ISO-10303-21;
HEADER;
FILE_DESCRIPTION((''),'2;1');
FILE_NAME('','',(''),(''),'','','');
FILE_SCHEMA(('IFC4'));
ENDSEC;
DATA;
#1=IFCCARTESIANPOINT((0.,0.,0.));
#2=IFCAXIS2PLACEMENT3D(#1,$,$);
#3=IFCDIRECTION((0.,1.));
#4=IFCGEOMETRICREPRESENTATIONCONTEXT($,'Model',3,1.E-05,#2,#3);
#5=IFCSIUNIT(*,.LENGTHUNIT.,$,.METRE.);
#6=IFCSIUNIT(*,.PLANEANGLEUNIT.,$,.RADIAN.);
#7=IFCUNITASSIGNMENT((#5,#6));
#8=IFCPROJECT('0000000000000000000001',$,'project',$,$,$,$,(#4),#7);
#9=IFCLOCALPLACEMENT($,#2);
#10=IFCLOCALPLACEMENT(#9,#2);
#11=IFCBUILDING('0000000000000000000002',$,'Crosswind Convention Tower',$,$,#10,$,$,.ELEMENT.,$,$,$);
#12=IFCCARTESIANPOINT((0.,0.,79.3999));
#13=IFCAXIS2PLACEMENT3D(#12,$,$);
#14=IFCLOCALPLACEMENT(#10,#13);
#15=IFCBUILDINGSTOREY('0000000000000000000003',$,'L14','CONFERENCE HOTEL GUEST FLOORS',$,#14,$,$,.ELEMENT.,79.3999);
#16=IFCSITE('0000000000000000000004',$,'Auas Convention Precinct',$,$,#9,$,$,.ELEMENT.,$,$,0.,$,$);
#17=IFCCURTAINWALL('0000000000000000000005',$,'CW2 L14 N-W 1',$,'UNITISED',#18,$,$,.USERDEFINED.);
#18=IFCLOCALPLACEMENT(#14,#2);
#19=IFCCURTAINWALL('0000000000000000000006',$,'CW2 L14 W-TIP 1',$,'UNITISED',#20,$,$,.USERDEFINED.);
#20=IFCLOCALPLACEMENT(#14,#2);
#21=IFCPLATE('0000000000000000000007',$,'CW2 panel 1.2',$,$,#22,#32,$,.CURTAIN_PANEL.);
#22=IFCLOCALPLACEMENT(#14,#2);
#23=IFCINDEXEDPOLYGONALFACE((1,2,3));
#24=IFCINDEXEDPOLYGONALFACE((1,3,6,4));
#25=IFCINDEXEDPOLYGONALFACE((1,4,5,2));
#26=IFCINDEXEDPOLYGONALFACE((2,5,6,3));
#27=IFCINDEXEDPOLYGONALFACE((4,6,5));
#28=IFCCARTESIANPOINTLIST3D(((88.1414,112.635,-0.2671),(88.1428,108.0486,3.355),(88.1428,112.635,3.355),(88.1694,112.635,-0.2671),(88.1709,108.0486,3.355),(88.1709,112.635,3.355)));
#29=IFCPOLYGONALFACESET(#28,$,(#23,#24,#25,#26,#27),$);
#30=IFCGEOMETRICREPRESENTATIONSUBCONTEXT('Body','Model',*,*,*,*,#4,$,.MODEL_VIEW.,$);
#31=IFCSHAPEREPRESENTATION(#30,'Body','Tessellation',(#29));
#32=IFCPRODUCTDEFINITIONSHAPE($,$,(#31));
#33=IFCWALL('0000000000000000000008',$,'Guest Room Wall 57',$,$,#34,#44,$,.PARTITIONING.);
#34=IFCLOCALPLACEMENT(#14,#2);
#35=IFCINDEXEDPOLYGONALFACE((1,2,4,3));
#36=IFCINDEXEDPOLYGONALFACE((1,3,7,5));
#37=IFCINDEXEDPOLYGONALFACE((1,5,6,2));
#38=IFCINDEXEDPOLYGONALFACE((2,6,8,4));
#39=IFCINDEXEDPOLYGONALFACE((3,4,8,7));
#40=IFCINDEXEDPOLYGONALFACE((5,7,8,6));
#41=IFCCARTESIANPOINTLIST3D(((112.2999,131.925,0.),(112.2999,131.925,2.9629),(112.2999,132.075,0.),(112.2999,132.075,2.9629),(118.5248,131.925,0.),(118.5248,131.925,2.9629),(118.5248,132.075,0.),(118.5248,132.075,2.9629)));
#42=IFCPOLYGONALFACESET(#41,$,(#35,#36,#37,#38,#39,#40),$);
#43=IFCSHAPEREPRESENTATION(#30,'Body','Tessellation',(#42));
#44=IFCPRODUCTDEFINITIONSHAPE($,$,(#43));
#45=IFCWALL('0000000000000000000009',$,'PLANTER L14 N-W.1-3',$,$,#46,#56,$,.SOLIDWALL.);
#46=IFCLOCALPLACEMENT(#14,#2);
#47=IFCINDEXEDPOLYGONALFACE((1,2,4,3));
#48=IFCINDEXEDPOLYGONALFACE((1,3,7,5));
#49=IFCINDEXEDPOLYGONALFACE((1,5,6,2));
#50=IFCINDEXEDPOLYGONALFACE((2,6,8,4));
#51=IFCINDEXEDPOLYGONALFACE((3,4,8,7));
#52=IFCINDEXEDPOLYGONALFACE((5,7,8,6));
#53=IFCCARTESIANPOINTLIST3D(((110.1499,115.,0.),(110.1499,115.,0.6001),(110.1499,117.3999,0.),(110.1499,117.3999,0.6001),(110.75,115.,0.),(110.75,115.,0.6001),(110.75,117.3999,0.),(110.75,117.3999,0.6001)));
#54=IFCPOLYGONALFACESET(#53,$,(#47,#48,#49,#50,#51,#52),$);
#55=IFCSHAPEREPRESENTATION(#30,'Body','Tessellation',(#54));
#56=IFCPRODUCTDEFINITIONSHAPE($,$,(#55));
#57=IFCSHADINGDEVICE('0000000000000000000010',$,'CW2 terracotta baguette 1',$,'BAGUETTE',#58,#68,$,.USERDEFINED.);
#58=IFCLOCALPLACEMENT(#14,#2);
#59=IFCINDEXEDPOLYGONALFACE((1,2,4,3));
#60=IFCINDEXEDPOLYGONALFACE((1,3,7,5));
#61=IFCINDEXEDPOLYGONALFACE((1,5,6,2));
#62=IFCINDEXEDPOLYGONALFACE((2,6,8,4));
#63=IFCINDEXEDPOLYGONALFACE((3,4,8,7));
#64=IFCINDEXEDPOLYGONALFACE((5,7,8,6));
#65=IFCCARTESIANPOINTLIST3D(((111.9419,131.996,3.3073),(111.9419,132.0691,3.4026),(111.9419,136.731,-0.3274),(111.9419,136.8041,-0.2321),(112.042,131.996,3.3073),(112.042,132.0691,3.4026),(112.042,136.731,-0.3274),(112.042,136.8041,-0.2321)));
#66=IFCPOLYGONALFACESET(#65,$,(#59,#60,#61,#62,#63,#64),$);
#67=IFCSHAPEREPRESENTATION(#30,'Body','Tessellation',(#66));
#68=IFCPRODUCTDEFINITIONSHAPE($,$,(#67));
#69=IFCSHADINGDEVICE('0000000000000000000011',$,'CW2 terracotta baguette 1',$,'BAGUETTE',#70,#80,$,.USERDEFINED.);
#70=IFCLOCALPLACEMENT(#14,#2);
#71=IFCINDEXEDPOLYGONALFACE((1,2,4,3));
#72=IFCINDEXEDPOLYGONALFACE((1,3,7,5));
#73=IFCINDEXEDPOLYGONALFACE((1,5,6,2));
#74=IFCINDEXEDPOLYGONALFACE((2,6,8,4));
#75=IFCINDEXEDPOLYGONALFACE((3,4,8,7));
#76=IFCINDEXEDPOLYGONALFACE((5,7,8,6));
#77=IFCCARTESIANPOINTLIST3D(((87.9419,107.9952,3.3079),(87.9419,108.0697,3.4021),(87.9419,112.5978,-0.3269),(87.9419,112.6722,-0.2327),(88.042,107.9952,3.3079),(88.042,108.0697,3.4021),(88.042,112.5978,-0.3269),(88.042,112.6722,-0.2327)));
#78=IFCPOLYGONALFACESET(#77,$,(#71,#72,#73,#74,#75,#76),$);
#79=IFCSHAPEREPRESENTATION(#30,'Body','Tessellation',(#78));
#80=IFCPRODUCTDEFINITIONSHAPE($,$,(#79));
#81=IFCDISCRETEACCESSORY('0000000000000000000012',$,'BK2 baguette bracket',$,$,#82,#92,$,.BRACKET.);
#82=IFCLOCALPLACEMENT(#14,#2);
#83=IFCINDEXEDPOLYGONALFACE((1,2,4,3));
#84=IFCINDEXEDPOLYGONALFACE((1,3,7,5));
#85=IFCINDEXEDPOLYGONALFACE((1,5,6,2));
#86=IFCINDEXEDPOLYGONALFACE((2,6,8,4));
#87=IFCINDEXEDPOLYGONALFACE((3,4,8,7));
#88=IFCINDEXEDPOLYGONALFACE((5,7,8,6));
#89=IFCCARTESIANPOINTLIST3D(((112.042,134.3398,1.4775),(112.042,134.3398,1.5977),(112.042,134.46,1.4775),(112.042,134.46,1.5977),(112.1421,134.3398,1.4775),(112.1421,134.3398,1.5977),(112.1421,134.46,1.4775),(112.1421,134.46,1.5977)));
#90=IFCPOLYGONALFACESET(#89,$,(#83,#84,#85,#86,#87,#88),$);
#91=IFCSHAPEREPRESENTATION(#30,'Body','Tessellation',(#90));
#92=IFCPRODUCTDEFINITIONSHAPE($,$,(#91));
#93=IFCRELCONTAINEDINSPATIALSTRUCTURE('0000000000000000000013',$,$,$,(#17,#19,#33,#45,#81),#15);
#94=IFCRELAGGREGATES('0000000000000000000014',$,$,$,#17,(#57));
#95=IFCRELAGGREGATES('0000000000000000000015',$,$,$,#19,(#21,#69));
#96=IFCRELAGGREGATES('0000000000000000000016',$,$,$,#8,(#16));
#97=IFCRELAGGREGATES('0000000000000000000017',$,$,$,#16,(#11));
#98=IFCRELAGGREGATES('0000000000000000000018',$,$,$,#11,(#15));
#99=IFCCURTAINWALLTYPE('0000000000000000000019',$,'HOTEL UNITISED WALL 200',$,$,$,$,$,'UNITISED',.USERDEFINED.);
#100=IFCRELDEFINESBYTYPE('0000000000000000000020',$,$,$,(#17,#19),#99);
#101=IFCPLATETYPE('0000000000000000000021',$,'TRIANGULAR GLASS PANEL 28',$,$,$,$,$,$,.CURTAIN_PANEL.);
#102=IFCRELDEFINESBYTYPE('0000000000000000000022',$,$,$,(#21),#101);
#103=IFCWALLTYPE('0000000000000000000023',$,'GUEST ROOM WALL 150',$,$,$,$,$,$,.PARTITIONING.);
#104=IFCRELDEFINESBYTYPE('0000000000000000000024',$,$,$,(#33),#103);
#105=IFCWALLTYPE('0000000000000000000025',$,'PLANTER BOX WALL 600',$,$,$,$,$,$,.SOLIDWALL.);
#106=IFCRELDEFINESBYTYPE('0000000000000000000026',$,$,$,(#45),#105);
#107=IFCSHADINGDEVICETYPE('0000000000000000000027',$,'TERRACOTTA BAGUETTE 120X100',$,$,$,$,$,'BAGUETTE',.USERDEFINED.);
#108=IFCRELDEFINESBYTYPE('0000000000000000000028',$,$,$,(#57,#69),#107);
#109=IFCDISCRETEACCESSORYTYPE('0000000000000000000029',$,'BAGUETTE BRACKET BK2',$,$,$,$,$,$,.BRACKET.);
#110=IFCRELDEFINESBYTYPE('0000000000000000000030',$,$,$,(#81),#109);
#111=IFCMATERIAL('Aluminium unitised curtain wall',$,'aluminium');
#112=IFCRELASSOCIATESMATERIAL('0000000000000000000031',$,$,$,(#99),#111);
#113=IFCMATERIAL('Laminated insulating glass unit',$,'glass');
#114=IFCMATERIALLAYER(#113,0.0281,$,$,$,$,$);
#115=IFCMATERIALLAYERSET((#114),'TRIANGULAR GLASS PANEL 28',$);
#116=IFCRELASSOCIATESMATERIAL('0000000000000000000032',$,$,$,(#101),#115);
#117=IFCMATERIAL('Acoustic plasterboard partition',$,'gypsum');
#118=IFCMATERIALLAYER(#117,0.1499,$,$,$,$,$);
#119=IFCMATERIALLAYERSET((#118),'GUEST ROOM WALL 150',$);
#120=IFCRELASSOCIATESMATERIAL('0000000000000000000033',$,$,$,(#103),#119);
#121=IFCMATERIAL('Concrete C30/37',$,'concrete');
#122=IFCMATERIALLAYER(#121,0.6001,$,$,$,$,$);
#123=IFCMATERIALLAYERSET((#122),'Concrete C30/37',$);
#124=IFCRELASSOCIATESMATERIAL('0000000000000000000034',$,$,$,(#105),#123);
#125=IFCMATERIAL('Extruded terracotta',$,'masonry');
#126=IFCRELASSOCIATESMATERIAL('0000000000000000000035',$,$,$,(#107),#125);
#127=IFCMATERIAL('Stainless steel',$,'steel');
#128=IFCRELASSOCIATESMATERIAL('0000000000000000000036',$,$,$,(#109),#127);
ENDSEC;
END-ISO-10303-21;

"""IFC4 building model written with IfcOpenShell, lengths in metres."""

from ifc_helpers import new_model, si_unit, direction, frame, frame_2d, origin, origin_2d, place, context, subcontext, project, spatial, polyline, rectangle, outline, extrude, material, layer, layer_set, material_profile, profile_set, type_object, element, aggregate, save


model = new_model("IFC4")

# Units and contexts
model_context = context("Model", 3, precision=1e-05, world=origin(), true_north=direction((0.0, 1.0)))
body_context = subcontext(model_context, "Body", "Model", "MODEL_VIEW")
ifc_project = project(units=[si_unit("LENGTHUNIT", "METRE"), si_unit("PLANEANGLEUNIT", "RADIAN")], contexts=[model_context])

# Site, building, storey
site_placement = place(None, origin())
site = spatial("IfcSite", under=ifc_project, at=site_placement, Name="Auas Convention Precinct", CompositionType="ELEMENT", RefElevation=0.0)
building_placement = place(site_placement, origin())
building = spatial("IfcBuilding", under=site, at=building_placement, Name="Crosswind Convention Tower", CompositionType="ELEMENT")
storey_placement = place(building_placement, frame((0.0, 0.0, 79.3999)))
storey = spatial("IfcBuildingStorey", under=building, at=storey_placement, Name="L14", Description="CONFERENCE HOTEL GUEST FLOORS", CompositionType="ELEMENT", Elevation=79.3999)

# Shared definitions
ifc_material_1 = material(Name="Aluminium unitised curtain wall", Category="aluminium")

# Shared definitions
curtain_wall_type_1 = type_object("IfcCurtainWallType", Name="HOTEL UNITISED WALL 200", ElementType="UNITISED", PredefinedType="USERDEFINED", material=ifc_material_1)

# Curtain wall
curtain_wall_1_placement = place(storey_placement, origin())
curtain_wall_1 = element("IfcCurtainWall", 1, at=curtain_wall_1_placement, inside=storey, type_object=curtain_wall_type_1, Name="CW2 L14 N-W 1", ObjectType="UNITISED", PredefinedType="USERDEFINED")

# Curtain wall
curtain_wall_2_placement = place(storey_placement, origin())
curtain_wall_2 = element("IfcCurtainWall", 2, at=curtain_wall_2_placement, inside=storey, type_object=curtain_wall_type_1, Name="CW2 L14 W-TIP 1", ObjectType="UNITISED", PredefinedType="USERDEFINED")

# Plate
ifc_material_2 = material(Name="Laminated insulating glass unit", Category="glass")
ifc_layer_1 = layer(ifc_material_2, 0.0281)
ifc_layer_set_1 = layer_set([ifc_layer_1], Name="TRIANGULAR GLASS PANEL 28")
plate_type_1 = type_object("IfcPlateType", Name="TRIANGULAR GLASS PANEL 28", PredefinedType="CURTAIN_PANEL", material=ifc_layer_set_1)
plate_1_placement = place(storey_placement, frame((88.1428, 112.635, 3.355), z_axis=(-1.0, 0.0, 0.000404), x_axis=(-0.000404, 0.0, -1.0)))
plate_1 = element("IfcPlate", 3, at=plate_1_placement, type_object=plate_type_1, Name="CW2 panel 1.2", PredefinedType="CURTAIN_PANEL", context=body_context, shape_type="SweptSolid", body=[
    extrude(outline(polyline([(0.0, 0.0), (3.6221, 0.0), (0.0, 4.5864), (0.0, 0.0)])), origin(), (0.0, 0.0, -1.0), 0.0281),
])

# Walls
ifc_material_3 = material(Name="Acoustic plasterboard partition", Category="gypsum")
ifc_layer_2 = layer(ifc_material_3, 0.1499)
ifc_layer_set_2 = layer_set([ifc_layer_2], Name="GUEST ROOM WALL 150")
wall_type_1 = type_object("IfcWallType", Name="GUEST ROOM WALL 150", PredefinedType="PARTITIONING", material=ifc_layer_set_2)
wall_1_placement = place(storey_placement, frame((112.3, 132.0, 0.0), z_axis=(0.0, 0.0, 1.0), x_axis=(1.0, 0.0, 0.0)))
element("IfcWall", 4, at=wall_1_placement, inside=storey, type_object=wall_type_1, Name="Guest Room Wall 57", PredefinedType="PARTITIONING", context=body_context, shape_type="SweptSolid", body=[
    extrude(rectangle(XDim=6.2249, YDim=0.1499, at=frame_2d((3.1123, 0.0))), origin(), (0.0, 0.0, 1.0), 2.9629),
])
ifc_material_4 = material(Name="Concrete C30/37", Category="concrete")
ifc_layer_3 = layer(ifc_material_4, 0.6001)
ifc_layer_set_3 = layer_set([ifc_layer_3], Name="Concrete C30/37")
wall_type_2 = type_object("IfcWallType", Name="PLANTER BOX WALL 600", PredefinedType="SOLIDWALL", material=ifc_layer_set_3)
wall_2_placement = place(storey_placement, frame((110.45, 117.3999, 0.0), z_axis=(0.0, 0.0, 1.0), x_axis=(0.0, -1.0, 0.0)))
element("IfcWall", 5, at=wall_2_placement, inside=storey, type_object=wall_type_2, Name="PLANTER L14 N-W.1-3", PredefinedType="SOLIDWALL", context=body_context, shape_type="SweptSolid", body=[
    extrude(rectangle(XDim=2.3999, YDim=0.6001, at=frame_2d((1.2, 0.0))), origin(), (0.0, 0.0, 1.0), 0.6001),
])

# Shading devices
ifc_material_5 = material(Name="Extruded terracotta", Category="masonry")
ifc_material_profile_1 = material_profile(ifc_material_5, rectangle(XDim=0.1001, YDim=0.1201, at=origin_2d()), Name="TC 100X120")
ifc_profile_set_1 = profile_set([ifc_material_profile_1], Name="Extruded terracotta")
shading_device_type = type_object("IfcShadingDeviceType", Name="TERRACOTTA BAGUETTE 120X100", ElementType="BAGUETTE", PredefinedType="USERDEFINED", material=ifc_profile_set_1)
shading_device_1_placement = place(storey_placement, frame((111.9919, 136.7676, -0.2798), z_axis=(0.0, -0.793241, 0.608908), x_axis=(1.0, 0.0, 0.0)))
shading_device_1 = element("IfcShadingDevice", 6, at=shading_device_1_placement, type_object=shading_device_type, Name="CW2 terracotta baguette 1", ObjectType="BAGUETTE", PredefinedType="USERDEFINED", context=body_context, shape_type="SweptSolid", body=[
    extrude(rectangle(XDim=0.1001, YDim=0.1201, at=origin_2d()), origin(), (0.0, 0.0, 1.0), 5.9692),
])
aggregate(curtain_wall_1, [shading_device_1])
shading_device_2_placement = place(storey_placement, frame((87.9919, 112.635, -0.2798), z_axis=(0.0, -0.784785, 0.619768), x_axis=(1.0, 0.0, 0.0)))
shading_device_2 = element("IfcShadingDevice", 7, at=shading_device_2_placement, type_object=shading_device_type, Name="CW2 terracotta baguette 1", ObjectType="BAGUETTE", PredefinedType="USERDEFINED", context=body_context, shape_type="SweptSolid", body=[
    extrude(rectangle(XDim=0.1001, YDim=0.1201, at=origin_2d()), origin(), (0.0, 0.0, 1.0), 5.8647),
])
aggregate(curtain_wall_2, [plate_1, shading_device_2])

# Discrete accessory
ifc_material_6 = material(Name="Stainless steel", Category="steel")
discrete_accessory_type = type_object("IfcDiscreteAccessoryType", Name="BAGUETTE BRACKET BK2", PredefinedType="BRACKET", material=ifc_material_6)
discrete_accessory_placement = place(storey_placement, frame((112.092, 134.3999, 1.4775), z_axis=(0.0, 0.0, 1.0), x_axis=(0.0, -1.0, 0.0)))
element("IfcDiscreteAccessory", 8, at=discrete_accessory_placement, inside=storey, type_object=discrete_accessory_type, Name="BK2 baguette bracket", PredefinedType="BRACKET", context=body_context, shape_type="SweptSolid", body=[
    extrude(rectangle(XDim=0.1201, YDim=0.1001, at=origin_2d()), origin(), (0.0, 0.0, 1.0), 0.1201),
])

save(model, "model.ifc")
